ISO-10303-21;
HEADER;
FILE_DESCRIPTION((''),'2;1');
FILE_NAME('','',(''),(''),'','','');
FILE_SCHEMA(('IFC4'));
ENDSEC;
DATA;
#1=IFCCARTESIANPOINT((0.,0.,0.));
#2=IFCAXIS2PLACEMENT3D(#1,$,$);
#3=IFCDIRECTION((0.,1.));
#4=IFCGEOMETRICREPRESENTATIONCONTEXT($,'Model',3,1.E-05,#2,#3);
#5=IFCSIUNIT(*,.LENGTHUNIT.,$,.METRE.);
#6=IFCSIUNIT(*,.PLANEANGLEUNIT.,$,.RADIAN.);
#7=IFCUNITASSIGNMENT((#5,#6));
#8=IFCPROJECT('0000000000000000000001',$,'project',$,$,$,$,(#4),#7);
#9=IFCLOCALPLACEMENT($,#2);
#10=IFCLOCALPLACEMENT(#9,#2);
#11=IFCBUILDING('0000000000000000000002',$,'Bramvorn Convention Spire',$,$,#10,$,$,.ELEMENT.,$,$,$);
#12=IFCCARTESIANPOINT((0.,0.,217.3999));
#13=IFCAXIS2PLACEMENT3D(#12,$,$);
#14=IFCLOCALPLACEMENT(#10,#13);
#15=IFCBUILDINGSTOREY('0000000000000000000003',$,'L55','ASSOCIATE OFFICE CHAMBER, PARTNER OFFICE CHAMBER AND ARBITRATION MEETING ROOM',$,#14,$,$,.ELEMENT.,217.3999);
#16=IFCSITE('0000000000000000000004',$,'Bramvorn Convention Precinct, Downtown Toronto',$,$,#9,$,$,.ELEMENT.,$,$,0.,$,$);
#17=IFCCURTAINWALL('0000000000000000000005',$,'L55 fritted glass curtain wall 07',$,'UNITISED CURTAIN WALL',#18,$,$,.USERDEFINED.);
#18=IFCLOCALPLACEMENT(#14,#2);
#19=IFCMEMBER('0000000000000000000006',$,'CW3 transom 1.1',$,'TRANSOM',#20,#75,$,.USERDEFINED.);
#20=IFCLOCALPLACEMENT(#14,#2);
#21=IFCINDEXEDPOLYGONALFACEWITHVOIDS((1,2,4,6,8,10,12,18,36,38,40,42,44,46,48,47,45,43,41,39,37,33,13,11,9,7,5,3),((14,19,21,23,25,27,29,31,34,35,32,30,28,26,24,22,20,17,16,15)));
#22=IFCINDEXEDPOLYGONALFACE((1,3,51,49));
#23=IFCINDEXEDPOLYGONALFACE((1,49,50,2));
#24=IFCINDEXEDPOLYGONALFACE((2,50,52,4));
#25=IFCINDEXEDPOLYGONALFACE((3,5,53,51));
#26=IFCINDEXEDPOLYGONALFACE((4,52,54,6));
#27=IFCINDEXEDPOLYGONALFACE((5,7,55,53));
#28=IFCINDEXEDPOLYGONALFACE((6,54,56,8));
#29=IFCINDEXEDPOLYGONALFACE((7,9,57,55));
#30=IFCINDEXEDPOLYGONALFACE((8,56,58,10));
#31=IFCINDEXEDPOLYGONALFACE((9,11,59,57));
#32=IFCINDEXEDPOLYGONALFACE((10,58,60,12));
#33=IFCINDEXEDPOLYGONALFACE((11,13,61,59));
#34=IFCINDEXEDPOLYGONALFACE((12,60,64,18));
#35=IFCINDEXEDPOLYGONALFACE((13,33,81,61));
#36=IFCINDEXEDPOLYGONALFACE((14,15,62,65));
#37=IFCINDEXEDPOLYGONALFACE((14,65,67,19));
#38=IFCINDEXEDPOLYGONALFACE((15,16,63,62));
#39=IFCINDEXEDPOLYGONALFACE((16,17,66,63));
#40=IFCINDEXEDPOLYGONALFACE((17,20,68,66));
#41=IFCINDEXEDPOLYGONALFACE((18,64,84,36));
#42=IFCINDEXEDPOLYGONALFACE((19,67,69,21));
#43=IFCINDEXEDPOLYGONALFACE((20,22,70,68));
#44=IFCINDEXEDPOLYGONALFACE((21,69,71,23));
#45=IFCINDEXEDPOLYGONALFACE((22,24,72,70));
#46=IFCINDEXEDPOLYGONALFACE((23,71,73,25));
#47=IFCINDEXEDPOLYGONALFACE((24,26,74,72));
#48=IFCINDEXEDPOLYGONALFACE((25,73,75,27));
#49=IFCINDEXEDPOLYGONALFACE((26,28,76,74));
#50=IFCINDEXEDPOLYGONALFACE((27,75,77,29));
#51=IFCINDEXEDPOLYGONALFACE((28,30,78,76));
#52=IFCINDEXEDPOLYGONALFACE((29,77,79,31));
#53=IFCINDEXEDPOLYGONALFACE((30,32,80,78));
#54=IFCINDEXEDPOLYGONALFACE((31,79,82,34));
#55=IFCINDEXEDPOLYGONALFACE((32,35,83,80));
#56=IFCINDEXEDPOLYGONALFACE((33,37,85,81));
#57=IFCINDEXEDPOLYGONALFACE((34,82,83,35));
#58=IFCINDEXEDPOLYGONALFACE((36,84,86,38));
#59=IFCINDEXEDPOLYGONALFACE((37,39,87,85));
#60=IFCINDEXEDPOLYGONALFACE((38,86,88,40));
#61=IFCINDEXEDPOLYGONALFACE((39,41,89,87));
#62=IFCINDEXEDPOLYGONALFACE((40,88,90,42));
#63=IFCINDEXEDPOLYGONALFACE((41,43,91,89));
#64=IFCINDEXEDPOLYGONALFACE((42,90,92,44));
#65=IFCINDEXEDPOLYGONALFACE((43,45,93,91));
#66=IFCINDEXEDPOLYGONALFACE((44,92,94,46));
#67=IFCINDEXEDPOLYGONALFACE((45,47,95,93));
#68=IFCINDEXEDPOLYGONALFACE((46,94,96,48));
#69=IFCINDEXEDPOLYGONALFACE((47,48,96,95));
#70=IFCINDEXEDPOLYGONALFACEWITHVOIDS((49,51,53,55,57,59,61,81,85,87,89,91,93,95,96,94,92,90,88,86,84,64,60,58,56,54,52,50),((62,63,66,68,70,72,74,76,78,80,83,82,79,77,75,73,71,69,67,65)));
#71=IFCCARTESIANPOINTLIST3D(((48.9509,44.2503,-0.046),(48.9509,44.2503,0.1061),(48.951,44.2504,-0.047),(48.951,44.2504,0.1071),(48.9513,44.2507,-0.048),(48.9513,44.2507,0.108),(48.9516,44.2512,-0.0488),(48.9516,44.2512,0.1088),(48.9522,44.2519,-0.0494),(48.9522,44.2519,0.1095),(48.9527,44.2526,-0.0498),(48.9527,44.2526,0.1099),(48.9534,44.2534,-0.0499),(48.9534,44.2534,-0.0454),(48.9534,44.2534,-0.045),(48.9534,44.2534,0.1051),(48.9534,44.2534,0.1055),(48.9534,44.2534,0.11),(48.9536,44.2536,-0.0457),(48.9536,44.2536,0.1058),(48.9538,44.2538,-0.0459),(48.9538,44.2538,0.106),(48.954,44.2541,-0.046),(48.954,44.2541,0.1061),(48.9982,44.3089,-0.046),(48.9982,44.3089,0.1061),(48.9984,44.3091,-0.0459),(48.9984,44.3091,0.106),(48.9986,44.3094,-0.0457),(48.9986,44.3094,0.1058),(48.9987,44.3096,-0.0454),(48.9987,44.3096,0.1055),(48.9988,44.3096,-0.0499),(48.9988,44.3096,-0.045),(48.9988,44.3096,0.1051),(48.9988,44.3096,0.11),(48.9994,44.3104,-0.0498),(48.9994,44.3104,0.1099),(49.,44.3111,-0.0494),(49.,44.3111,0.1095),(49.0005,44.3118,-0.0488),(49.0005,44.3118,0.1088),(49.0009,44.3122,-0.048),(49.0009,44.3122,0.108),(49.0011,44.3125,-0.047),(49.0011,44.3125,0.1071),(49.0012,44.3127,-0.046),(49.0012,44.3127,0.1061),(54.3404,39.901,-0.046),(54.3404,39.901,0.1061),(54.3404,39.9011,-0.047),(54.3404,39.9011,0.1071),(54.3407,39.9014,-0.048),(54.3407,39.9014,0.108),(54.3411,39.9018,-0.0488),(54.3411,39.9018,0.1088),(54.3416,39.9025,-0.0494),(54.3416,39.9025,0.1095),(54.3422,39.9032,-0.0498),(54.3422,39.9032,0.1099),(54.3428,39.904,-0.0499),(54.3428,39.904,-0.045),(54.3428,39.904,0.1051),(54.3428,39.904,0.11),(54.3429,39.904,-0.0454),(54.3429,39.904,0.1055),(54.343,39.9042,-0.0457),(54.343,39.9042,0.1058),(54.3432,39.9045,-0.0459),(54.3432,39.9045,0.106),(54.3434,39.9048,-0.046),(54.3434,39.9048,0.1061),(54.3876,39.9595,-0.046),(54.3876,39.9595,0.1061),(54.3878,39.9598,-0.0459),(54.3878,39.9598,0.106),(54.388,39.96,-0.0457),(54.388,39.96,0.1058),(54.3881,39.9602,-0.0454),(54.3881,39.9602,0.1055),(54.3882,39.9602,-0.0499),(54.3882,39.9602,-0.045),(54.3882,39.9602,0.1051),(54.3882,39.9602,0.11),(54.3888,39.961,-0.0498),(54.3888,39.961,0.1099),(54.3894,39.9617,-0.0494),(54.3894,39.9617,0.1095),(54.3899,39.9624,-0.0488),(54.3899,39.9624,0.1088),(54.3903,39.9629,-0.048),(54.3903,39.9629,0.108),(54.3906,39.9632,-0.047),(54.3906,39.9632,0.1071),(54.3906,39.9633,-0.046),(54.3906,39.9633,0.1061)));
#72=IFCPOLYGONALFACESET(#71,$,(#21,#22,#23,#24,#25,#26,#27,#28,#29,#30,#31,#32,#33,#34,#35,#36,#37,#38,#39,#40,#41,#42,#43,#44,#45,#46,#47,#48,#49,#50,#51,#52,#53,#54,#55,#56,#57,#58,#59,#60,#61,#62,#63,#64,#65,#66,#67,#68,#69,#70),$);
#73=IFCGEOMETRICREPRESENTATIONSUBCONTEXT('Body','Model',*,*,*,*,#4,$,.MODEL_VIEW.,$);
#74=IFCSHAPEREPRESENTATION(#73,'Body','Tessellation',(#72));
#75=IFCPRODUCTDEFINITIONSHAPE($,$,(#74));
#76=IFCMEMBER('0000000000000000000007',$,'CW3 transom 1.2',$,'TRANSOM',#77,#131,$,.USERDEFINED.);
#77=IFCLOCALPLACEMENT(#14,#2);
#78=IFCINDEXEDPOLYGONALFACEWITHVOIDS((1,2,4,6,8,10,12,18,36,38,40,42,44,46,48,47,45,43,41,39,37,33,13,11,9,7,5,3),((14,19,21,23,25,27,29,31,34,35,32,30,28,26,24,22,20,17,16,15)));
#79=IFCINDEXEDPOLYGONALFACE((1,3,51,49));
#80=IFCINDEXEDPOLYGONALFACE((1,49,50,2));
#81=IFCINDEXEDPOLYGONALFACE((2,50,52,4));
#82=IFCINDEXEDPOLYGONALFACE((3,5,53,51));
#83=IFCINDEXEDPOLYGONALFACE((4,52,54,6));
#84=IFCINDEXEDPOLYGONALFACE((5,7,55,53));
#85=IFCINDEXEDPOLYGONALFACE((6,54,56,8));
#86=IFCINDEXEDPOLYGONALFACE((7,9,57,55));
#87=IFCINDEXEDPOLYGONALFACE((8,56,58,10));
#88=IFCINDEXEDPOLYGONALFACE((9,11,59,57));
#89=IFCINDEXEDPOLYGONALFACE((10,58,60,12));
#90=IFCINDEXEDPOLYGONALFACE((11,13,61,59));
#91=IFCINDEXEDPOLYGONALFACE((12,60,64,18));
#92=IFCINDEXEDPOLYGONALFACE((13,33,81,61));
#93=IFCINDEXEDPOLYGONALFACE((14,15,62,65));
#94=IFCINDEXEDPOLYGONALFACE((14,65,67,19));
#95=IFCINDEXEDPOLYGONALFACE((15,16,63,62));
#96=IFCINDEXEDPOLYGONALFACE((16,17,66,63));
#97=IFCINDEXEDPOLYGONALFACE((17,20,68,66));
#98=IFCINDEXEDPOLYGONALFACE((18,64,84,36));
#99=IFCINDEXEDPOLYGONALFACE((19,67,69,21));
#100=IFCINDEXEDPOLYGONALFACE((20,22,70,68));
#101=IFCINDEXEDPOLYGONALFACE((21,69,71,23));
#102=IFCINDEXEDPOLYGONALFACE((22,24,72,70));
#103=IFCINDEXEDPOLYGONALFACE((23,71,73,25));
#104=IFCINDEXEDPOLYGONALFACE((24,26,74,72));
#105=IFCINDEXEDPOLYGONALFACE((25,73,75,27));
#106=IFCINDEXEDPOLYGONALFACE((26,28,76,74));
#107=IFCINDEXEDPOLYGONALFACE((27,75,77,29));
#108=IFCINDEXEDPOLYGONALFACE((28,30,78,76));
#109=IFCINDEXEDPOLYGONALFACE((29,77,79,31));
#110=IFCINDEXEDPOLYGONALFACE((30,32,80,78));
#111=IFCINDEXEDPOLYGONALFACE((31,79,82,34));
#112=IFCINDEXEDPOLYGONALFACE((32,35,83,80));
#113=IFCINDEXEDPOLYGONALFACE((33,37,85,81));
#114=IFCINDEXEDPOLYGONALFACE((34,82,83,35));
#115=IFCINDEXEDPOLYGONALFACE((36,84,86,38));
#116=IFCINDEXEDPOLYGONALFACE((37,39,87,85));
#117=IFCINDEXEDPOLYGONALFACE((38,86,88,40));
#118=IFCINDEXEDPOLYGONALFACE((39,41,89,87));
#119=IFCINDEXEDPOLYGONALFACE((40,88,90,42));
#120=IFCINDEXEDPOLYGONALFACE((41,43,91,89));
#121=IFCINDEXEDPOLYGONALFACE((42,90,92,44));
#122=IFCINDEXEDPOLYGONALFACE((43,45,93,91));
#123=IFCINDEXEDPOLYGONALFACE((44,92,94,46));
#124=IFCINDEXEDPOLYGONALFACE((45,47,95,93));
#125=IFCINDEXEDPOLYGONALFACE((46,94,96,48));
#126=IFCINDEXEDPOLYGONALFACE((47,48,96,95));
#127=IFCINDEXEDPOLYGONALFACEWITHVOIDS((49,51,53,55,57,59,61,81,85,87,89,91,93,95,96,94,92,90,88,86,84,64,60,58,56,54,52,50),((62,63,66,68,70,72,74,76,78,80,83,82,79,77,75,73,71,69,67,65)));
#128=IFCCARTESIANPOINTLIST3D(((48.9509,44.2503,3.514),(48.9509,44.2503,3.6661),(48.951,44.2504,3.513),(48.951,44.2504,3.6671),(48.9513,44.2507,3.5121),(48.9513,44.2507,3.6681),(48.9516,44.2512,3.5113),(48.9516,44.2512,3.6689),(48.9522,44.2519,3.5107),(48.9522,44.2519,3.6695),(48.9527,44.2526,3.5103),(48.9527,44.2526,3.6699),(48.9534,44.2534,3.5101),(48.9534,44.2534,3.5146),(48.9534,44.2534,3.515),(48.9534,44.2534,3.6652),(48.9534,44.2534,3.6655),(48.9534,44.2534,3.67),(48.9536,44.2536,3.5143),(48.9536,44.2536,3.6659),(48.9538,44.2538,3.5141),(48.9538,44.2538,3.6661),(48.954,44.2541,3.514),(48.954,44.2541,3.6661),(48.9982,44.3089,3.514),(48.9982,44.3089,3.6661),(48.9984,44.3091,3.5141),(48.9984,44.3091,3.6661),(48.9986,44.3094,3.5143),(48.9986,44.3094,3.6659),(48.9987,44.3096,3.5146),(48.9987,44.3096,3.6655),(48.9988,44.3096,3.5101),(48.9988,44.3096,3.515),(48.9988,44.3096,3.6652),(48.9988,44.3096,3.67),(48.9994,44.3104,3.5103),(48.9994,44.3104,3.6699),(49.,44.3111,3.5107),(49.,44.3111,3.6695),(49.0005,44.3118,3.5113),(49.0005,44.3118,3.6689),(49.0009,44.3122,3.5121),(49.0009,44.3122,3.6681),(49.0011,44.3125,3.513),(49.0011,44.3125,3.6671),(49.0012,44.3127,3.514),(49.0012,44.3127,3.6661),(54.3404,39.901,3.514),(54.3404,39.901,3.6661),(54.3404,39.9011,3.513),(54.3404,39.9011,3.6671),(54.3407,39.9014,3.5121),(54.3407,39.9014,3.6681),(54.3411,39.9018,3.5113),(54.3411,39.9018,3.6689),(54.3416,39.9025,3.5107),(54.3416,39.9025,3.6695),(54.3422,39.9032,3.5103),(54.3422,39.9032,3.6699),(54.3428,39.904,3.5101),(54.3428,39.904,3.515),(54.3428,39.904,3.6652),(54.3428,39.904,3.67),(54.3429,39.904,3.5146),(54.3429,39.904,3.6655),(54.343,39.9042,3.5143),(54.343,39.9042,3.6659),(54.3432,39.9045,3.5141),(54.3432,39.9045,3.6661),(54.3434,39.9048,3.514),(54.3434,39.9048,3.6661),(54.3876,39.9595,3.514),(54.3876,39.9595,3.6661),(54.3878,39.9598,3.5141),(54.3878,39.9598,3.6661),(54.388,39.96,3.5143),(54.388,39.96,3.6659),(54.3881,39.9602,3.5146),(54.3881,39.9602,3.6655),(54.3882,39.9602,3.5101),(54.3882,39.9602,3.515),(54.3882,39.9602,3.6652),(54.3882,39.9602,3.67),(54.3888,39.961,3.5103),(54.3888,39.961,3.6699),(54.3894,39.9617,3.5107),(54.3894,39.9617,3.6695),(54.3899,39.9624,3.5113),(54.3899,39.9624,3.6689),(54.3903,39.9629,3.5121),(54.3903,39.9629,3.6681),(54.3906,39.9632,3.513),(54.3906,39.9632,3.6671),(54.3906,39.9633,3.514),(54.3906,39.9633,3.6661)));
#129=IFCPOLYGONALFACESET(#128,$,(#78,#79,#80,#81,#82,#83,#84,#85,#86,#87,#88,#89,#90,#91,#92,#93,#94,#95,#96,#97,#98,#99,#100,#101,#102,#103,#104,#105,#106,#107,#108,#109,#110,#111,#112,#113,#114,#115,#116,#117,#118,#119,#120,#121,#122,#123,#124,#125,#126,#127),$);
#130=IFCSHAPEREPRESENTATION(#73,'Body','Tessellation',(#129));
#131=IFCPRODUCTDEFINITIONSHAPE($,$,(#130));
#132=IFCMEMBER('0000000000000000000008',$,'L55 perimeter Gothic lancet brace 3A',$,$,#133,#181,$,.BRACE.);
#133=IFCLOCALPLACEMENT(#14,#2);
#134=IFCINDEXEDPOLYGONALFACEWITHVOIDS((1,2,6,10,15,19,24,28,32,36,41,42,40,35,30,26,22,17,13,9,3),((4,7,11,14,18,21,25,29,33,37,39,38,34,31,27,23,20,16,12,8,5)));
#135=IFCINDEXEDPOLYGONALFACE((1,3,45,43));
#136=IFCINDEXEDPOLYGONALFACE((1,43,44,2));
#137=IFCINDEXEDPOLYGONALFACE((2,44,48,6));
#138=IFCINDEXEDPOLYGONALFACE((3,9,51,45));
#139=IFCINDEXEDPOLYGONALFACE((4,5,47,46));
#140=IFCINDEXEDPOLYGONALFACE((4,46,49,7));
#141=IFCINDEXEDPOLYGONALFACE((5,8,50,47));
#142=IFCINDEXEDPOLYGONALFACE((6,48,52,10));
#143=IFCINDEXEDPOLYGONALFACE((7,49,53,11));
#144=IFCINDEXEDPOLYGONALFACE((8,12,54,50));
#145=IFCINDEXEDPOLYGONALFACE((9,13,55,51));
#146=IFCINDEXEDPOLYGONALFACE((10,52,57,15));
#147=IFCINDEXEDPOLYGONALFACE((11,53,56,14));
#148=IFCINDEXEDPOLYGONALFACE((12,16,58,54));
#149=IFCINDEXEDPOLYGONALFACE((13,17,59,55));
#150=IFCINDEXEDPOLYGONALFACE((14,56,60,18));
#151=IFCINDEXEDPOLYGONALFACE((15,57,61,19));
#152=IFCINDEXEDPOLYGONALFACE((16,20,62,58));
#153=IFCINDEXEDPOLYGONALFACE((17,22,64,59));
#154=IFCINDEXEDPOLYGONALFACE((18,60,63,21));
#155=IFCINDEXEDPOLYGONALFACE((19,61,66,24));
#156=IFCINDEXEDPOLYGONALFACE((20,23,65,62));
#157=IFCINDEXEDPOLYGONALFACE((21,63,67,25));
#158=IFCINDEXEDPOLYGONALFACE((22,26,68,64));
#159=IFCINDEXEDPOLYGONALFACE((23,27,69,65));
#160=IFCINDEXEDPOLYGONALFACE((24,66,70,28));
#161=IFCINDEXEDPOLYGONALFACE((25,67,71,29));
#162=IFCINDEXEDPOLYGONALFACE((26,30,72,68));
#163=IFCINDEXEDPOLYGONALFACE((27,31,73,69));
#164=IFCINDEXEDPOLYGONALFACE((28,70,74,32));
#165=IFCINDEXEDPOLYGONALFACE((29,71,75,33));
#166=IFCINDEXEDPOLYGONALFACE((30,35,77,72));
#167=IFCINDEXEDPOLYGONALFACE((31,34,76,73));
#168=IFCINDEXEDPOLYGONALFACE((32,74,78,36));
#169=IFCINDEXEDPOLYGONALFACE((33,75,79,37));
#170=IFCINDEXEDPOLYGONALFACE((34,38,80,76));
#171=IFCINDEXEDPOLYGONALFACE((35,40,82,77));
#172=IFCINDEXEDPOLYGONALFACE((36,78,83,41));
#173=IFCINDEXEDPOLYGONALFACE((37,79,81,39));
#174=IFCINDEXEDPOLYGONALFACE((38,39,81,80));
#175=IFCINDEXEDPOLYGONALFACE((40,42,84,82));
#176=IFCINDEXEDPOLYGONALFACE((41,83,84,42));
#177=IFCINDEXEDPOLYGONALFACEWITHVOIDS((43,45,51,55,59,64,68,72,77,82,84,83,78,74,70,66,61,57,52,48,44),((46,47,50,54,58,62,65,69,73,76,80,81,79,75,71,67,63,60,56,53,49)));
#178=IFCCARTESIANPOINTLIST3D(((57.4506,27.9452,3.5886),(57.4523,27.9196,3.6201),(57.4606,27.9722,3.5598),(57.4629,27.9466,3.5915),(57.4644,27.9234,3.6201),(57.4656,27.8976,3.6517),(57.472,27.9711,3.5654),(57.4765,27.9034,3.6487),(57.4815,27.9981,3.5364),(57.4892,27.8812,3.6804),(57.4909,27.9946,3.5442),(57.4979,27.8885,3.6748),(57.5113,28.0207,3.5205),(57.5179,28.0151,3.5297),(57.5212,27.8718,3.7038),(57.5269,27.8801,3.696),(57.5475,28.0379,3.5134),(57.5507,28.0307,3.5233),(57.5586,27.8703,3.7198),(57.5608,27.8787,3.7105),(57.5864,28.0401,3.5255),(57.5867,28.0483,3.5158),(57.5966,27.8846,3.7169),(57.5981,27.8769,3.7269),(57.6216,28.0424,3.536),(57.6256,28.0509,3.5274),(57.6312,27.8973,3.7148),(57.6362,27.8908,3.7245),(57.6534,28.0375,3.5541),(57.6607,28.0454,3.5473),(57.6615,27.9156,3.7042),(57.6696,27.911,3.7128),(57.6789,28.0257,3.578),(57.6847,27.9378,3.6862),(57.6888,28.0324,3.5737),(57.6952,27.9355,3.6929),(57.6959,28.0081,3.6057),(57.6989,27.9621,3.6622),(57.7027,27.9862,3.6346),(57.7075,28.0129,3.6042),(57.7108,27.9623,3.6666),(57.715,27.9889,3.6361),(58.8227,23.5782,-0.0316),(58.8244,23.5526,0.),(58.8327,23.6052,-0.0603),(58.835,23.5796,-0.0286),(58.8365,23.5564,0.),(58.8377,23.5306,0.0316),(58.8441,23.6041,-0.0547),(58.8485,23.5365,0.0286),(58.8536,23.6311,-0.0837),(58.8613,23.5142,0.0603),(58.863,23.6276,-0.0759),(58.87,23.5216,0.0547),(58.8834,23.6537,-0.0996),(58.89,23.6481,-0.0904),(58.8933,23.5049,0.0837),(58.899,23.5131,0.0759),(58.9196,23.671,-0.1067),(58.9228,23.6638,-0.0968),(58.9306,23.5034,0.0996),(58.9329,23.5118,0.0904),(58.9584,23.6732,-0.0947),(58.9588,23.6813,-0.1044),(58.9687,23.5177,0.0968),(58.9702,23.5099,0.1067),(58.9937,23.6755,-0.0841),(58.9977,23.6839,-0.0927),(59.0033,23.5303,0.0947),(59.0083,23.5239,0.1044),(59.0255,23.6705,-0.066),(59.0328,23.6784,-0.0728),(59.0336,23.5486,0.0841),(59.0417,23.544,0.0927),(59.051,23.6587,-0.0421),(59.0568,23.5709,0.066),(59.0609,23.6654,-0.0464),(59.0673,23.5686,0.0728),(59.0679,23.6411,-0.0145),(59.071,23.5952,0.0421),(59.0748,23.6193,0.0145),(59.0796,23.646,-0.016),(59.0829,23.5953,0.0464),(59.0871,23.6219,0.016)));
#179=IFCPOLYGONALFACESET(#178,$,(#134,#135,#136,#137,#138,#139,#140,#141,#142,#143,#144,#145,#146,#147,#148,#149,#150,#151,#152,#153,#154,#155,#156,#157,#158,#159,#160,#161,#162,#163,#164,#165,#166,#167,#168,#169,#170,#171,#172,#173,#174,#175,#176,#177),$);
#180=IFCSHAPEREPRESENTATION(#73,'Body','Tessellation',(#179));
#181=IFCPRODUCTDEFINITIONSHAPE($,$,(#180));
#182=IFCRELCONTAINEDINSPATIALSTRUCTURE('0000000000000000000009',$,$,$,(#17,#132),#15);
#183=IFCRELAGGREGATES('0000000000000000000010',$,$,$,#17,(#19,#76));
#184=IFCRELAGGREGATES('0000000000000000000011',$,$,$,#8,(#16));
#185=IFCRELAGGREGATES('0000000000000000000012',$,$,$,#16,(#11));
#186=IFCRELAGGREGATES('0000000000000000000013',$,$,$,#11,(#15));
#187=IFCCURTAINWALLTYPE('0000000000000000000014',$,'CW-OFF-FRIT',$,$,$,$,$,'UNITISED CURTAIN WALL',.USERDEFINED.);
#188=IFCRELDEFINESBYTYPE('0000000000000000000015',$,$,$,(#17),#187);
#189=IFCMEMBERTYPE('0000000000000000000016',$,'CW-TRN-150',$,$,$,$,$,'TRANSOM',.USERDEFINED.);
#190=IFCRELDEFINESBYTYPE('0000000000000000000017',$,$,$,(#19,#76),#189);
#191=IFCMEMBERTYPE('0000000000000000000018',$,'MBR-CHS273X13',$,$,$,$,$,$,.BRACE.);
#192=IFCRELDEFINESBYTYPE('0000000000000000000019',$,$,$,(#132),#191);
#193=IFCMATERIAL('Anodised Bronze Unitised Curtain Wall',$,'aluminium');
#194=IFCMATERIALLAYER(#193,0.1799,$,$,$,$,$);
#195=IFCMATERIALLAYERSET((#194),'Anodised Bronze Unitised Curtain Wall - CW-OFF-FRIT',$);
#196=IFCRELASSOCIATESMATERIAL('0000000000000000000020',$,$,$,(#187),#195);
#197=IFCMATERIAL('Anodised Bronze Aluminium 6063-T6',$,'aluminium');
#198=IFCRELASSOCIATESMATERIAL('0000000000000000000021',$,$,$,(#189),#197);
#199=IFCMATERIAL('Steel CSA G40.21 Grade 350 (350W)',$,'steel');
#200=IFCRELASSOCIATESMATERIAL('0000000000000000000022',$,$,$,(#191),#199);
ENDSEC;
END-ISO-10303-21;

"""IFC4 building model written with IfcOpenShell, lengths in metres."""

from ifc_helpers import new_model, si_unit, direction, frame, origin, origin_2d, place, context, subcontext, project, spatial, hollow_rectangle, hollow_circle, extrude, material, layer, layer_set, material_profile, profile_set, type_object, element, aggregate, save


model = new_model("IFC4")

# Units and contexts
model_context = context("Model", 3, precision=1e-05, world=origin(), true_north=direction((0.0, 1.0)))
body_context = subcontext(model_context, "Body", "Model", "MODEL_VIEW")
ifc_project = project(units=[si_unit("LENGTHUNIT", "METRE"), si_unit("PLANEANGLEUNIT", "RADIAN")], contexts=[model_context])

# Site, building, storey
site_placement = place(None, origin())
site = spatial("IfcSite", under=ifc_project, at=site_placement, Name="Bramvorn Convention Precinct, Downtown Toronto", CompositionType="ELEMENT", RefElevation=0.0)
building_placement = place(site_placement, origin())
building = spatial("IfcBuilding", under=site, at=building_placement, Name="Bramvorn Convention Spire", CompositionType="ELEMENT")
storey_placement = place(building_placement, frame((0.0, 0.0, 217.3999)))
storey = spatial("IfcBuildingStorey", under=building, at=storey_placement, Name="L55", Description="ASSOCIATE OFFICE CHAMBER, PARTNER OFFICE CHAMBER AND ARBITRATION MEETING ROOM", CompositionType="ELEMENT", Elevation=217.3999)

# Shared definitions
ifc_material_1 = material(Name="Steel CSA G40.21 Grade 350 (350W)", Category="steel")

# Curtain wall
ifc_material_2 = material(Name="Anodised Bronze Unitised Curtain Wall", Category="aluminium")
ifc_layer_1 = layer(ifc_material_2, 0.1799)
ifc_layer_set_1 = layer_set([ifc_layer_1], Name="Anodised Bronze Unitised Curtain Wall - CW-OFF-FRIT")
curtain_wall_type = type_object("IfcCurtainWallType", Name="CW-OFF-FRIT", ElementType="UNITISED CURTAIN WALL", PredefinedType="USERDEFINED", material=ifc_layer_set_1)
curtain_wall_1_placement = place(storey_placement, origin())
curtain_wall_1 = element("IfcCurtainWall", 1, at=curtain_wall_1_placement, inside=storey, type_object=curtain_wall_type, Name="L55 fritted glass curtain wall 07", ObjectType="UNITISED CURTAIN WALL", PredefinedType="USERDEFINED")
ifc_material_3 = material(Name="Anodised Bronze Aluminium 6063-T6", Category="aluminium")

# Members
ifc_material_profile_1 = material_profile(ifc_material_3, hollow_rectangle(XDim=0.0801, YDim=0.1599, WallThickness=0.0039, InnerFilletRadius=0.001, OuterFilletRadius=0.0039, at=origin_2d()))
ifc_profile_set_1 = profile_set([ifc_material_profile_1], Name="Anodised Bronze Aluminium 6063-T6 - CWT80X160")
member_type_1 = type_object("IfcMemberType", Name="CW-TRN-150", ElementType="TRANSOM", PredefinedType="USERDEFINED", material=ifc_profile_set_1)
member_1_placement = place(storey_placement, frame((48.9761, 44.2815, 0.03), z_axis=(0.778196, -0.628021, 0.0), x_axis=(0.628021, 0.778196, 0.0)))
member_1 = element("IfcMember", 2, at=member_1_placement, type_object=member_type_1, Name="CW3 transom 1.1", ObjectType="TRANSOM", PredefinedType="USERDEFINED", context=body_context, shape_type="SweptSolid", body=[
    extrude(hollow_rectangle(XDim=0.0801, YDim=0.1599, WallThickness=0.0039, InnerFilletRadius=0.001, OuterFilletRadius=0.0039, at=origin_2d()), origin(), (0.0, 0.0, 1.0), 6.9255),
])
member_2_placement = place(storey_placement, frame((48.9761, 44.2815, 3.5901), z_axis=(0.778196, -0.628021, 0.0), x_axis=(0.628021, 0.778196, 0.0)))
member_2 = element("IfcMember", 3, at=member_2_placement, type_object=member_type_1, Name="CW3 transom 1.2", ObjectType="TRANSOM", PredefinedType="USERDEFINED", context=body_context, shape_type="SweptSolid", body=[
    extrude(hollow_rectangle(XDim=0.0801, YDim=0.1599, WallThickness=0.0039, InnerFilletRadius=0.001, OuterFilletRadius=0.0039, at=origin_2d()), origin(), (0.0, 0.0, 1.0), 6.9255),
])

# Member
ifc_material_profile_2 = material_profile(ifc_material_1, hollow_circle(Radius=0.1365, WallThickness=0.0127, at=origin_2d()))
ifc_profile_set_2 = profile_set([ifc_material_profile_2], Name="Steel CSA G40.21 Grade 350 (350W) - CHS273X13")
member_type_2 = type_object("IfcMemberType", Name="MBR-CHS273X13", PredefinedType="BRACE", material=ifc_profile_set_2)
for number, where, z_axis, x_axis, name in (
    (4, (58.9546, 23.5935, 0.0), (-0.235108, 0.748286, 0.620316), (-0.954019, -0.299748, 0.0), "L55 perimeter Gothic lancet brace 3A"),
):
    element("IfcMember", number, at=place(storey_placement, frame(where, z_axis=z_axis, x_axis=x_axis)), inside=storey, type_object=member_type_2, Name=name, PredefinedType="BRACE", context=body_context, shape_type="SweptSolid", body=[
        extrude(hollow_circle(Radius=0.1365, WallThickness=0.0127, at=origin_2d()), origin(), (0.0, 0.0, 1.0), 5.8359),
    ])

aggregate(curtain_wall_1, [member_1, member_2])

save(model, "model.ifc")
